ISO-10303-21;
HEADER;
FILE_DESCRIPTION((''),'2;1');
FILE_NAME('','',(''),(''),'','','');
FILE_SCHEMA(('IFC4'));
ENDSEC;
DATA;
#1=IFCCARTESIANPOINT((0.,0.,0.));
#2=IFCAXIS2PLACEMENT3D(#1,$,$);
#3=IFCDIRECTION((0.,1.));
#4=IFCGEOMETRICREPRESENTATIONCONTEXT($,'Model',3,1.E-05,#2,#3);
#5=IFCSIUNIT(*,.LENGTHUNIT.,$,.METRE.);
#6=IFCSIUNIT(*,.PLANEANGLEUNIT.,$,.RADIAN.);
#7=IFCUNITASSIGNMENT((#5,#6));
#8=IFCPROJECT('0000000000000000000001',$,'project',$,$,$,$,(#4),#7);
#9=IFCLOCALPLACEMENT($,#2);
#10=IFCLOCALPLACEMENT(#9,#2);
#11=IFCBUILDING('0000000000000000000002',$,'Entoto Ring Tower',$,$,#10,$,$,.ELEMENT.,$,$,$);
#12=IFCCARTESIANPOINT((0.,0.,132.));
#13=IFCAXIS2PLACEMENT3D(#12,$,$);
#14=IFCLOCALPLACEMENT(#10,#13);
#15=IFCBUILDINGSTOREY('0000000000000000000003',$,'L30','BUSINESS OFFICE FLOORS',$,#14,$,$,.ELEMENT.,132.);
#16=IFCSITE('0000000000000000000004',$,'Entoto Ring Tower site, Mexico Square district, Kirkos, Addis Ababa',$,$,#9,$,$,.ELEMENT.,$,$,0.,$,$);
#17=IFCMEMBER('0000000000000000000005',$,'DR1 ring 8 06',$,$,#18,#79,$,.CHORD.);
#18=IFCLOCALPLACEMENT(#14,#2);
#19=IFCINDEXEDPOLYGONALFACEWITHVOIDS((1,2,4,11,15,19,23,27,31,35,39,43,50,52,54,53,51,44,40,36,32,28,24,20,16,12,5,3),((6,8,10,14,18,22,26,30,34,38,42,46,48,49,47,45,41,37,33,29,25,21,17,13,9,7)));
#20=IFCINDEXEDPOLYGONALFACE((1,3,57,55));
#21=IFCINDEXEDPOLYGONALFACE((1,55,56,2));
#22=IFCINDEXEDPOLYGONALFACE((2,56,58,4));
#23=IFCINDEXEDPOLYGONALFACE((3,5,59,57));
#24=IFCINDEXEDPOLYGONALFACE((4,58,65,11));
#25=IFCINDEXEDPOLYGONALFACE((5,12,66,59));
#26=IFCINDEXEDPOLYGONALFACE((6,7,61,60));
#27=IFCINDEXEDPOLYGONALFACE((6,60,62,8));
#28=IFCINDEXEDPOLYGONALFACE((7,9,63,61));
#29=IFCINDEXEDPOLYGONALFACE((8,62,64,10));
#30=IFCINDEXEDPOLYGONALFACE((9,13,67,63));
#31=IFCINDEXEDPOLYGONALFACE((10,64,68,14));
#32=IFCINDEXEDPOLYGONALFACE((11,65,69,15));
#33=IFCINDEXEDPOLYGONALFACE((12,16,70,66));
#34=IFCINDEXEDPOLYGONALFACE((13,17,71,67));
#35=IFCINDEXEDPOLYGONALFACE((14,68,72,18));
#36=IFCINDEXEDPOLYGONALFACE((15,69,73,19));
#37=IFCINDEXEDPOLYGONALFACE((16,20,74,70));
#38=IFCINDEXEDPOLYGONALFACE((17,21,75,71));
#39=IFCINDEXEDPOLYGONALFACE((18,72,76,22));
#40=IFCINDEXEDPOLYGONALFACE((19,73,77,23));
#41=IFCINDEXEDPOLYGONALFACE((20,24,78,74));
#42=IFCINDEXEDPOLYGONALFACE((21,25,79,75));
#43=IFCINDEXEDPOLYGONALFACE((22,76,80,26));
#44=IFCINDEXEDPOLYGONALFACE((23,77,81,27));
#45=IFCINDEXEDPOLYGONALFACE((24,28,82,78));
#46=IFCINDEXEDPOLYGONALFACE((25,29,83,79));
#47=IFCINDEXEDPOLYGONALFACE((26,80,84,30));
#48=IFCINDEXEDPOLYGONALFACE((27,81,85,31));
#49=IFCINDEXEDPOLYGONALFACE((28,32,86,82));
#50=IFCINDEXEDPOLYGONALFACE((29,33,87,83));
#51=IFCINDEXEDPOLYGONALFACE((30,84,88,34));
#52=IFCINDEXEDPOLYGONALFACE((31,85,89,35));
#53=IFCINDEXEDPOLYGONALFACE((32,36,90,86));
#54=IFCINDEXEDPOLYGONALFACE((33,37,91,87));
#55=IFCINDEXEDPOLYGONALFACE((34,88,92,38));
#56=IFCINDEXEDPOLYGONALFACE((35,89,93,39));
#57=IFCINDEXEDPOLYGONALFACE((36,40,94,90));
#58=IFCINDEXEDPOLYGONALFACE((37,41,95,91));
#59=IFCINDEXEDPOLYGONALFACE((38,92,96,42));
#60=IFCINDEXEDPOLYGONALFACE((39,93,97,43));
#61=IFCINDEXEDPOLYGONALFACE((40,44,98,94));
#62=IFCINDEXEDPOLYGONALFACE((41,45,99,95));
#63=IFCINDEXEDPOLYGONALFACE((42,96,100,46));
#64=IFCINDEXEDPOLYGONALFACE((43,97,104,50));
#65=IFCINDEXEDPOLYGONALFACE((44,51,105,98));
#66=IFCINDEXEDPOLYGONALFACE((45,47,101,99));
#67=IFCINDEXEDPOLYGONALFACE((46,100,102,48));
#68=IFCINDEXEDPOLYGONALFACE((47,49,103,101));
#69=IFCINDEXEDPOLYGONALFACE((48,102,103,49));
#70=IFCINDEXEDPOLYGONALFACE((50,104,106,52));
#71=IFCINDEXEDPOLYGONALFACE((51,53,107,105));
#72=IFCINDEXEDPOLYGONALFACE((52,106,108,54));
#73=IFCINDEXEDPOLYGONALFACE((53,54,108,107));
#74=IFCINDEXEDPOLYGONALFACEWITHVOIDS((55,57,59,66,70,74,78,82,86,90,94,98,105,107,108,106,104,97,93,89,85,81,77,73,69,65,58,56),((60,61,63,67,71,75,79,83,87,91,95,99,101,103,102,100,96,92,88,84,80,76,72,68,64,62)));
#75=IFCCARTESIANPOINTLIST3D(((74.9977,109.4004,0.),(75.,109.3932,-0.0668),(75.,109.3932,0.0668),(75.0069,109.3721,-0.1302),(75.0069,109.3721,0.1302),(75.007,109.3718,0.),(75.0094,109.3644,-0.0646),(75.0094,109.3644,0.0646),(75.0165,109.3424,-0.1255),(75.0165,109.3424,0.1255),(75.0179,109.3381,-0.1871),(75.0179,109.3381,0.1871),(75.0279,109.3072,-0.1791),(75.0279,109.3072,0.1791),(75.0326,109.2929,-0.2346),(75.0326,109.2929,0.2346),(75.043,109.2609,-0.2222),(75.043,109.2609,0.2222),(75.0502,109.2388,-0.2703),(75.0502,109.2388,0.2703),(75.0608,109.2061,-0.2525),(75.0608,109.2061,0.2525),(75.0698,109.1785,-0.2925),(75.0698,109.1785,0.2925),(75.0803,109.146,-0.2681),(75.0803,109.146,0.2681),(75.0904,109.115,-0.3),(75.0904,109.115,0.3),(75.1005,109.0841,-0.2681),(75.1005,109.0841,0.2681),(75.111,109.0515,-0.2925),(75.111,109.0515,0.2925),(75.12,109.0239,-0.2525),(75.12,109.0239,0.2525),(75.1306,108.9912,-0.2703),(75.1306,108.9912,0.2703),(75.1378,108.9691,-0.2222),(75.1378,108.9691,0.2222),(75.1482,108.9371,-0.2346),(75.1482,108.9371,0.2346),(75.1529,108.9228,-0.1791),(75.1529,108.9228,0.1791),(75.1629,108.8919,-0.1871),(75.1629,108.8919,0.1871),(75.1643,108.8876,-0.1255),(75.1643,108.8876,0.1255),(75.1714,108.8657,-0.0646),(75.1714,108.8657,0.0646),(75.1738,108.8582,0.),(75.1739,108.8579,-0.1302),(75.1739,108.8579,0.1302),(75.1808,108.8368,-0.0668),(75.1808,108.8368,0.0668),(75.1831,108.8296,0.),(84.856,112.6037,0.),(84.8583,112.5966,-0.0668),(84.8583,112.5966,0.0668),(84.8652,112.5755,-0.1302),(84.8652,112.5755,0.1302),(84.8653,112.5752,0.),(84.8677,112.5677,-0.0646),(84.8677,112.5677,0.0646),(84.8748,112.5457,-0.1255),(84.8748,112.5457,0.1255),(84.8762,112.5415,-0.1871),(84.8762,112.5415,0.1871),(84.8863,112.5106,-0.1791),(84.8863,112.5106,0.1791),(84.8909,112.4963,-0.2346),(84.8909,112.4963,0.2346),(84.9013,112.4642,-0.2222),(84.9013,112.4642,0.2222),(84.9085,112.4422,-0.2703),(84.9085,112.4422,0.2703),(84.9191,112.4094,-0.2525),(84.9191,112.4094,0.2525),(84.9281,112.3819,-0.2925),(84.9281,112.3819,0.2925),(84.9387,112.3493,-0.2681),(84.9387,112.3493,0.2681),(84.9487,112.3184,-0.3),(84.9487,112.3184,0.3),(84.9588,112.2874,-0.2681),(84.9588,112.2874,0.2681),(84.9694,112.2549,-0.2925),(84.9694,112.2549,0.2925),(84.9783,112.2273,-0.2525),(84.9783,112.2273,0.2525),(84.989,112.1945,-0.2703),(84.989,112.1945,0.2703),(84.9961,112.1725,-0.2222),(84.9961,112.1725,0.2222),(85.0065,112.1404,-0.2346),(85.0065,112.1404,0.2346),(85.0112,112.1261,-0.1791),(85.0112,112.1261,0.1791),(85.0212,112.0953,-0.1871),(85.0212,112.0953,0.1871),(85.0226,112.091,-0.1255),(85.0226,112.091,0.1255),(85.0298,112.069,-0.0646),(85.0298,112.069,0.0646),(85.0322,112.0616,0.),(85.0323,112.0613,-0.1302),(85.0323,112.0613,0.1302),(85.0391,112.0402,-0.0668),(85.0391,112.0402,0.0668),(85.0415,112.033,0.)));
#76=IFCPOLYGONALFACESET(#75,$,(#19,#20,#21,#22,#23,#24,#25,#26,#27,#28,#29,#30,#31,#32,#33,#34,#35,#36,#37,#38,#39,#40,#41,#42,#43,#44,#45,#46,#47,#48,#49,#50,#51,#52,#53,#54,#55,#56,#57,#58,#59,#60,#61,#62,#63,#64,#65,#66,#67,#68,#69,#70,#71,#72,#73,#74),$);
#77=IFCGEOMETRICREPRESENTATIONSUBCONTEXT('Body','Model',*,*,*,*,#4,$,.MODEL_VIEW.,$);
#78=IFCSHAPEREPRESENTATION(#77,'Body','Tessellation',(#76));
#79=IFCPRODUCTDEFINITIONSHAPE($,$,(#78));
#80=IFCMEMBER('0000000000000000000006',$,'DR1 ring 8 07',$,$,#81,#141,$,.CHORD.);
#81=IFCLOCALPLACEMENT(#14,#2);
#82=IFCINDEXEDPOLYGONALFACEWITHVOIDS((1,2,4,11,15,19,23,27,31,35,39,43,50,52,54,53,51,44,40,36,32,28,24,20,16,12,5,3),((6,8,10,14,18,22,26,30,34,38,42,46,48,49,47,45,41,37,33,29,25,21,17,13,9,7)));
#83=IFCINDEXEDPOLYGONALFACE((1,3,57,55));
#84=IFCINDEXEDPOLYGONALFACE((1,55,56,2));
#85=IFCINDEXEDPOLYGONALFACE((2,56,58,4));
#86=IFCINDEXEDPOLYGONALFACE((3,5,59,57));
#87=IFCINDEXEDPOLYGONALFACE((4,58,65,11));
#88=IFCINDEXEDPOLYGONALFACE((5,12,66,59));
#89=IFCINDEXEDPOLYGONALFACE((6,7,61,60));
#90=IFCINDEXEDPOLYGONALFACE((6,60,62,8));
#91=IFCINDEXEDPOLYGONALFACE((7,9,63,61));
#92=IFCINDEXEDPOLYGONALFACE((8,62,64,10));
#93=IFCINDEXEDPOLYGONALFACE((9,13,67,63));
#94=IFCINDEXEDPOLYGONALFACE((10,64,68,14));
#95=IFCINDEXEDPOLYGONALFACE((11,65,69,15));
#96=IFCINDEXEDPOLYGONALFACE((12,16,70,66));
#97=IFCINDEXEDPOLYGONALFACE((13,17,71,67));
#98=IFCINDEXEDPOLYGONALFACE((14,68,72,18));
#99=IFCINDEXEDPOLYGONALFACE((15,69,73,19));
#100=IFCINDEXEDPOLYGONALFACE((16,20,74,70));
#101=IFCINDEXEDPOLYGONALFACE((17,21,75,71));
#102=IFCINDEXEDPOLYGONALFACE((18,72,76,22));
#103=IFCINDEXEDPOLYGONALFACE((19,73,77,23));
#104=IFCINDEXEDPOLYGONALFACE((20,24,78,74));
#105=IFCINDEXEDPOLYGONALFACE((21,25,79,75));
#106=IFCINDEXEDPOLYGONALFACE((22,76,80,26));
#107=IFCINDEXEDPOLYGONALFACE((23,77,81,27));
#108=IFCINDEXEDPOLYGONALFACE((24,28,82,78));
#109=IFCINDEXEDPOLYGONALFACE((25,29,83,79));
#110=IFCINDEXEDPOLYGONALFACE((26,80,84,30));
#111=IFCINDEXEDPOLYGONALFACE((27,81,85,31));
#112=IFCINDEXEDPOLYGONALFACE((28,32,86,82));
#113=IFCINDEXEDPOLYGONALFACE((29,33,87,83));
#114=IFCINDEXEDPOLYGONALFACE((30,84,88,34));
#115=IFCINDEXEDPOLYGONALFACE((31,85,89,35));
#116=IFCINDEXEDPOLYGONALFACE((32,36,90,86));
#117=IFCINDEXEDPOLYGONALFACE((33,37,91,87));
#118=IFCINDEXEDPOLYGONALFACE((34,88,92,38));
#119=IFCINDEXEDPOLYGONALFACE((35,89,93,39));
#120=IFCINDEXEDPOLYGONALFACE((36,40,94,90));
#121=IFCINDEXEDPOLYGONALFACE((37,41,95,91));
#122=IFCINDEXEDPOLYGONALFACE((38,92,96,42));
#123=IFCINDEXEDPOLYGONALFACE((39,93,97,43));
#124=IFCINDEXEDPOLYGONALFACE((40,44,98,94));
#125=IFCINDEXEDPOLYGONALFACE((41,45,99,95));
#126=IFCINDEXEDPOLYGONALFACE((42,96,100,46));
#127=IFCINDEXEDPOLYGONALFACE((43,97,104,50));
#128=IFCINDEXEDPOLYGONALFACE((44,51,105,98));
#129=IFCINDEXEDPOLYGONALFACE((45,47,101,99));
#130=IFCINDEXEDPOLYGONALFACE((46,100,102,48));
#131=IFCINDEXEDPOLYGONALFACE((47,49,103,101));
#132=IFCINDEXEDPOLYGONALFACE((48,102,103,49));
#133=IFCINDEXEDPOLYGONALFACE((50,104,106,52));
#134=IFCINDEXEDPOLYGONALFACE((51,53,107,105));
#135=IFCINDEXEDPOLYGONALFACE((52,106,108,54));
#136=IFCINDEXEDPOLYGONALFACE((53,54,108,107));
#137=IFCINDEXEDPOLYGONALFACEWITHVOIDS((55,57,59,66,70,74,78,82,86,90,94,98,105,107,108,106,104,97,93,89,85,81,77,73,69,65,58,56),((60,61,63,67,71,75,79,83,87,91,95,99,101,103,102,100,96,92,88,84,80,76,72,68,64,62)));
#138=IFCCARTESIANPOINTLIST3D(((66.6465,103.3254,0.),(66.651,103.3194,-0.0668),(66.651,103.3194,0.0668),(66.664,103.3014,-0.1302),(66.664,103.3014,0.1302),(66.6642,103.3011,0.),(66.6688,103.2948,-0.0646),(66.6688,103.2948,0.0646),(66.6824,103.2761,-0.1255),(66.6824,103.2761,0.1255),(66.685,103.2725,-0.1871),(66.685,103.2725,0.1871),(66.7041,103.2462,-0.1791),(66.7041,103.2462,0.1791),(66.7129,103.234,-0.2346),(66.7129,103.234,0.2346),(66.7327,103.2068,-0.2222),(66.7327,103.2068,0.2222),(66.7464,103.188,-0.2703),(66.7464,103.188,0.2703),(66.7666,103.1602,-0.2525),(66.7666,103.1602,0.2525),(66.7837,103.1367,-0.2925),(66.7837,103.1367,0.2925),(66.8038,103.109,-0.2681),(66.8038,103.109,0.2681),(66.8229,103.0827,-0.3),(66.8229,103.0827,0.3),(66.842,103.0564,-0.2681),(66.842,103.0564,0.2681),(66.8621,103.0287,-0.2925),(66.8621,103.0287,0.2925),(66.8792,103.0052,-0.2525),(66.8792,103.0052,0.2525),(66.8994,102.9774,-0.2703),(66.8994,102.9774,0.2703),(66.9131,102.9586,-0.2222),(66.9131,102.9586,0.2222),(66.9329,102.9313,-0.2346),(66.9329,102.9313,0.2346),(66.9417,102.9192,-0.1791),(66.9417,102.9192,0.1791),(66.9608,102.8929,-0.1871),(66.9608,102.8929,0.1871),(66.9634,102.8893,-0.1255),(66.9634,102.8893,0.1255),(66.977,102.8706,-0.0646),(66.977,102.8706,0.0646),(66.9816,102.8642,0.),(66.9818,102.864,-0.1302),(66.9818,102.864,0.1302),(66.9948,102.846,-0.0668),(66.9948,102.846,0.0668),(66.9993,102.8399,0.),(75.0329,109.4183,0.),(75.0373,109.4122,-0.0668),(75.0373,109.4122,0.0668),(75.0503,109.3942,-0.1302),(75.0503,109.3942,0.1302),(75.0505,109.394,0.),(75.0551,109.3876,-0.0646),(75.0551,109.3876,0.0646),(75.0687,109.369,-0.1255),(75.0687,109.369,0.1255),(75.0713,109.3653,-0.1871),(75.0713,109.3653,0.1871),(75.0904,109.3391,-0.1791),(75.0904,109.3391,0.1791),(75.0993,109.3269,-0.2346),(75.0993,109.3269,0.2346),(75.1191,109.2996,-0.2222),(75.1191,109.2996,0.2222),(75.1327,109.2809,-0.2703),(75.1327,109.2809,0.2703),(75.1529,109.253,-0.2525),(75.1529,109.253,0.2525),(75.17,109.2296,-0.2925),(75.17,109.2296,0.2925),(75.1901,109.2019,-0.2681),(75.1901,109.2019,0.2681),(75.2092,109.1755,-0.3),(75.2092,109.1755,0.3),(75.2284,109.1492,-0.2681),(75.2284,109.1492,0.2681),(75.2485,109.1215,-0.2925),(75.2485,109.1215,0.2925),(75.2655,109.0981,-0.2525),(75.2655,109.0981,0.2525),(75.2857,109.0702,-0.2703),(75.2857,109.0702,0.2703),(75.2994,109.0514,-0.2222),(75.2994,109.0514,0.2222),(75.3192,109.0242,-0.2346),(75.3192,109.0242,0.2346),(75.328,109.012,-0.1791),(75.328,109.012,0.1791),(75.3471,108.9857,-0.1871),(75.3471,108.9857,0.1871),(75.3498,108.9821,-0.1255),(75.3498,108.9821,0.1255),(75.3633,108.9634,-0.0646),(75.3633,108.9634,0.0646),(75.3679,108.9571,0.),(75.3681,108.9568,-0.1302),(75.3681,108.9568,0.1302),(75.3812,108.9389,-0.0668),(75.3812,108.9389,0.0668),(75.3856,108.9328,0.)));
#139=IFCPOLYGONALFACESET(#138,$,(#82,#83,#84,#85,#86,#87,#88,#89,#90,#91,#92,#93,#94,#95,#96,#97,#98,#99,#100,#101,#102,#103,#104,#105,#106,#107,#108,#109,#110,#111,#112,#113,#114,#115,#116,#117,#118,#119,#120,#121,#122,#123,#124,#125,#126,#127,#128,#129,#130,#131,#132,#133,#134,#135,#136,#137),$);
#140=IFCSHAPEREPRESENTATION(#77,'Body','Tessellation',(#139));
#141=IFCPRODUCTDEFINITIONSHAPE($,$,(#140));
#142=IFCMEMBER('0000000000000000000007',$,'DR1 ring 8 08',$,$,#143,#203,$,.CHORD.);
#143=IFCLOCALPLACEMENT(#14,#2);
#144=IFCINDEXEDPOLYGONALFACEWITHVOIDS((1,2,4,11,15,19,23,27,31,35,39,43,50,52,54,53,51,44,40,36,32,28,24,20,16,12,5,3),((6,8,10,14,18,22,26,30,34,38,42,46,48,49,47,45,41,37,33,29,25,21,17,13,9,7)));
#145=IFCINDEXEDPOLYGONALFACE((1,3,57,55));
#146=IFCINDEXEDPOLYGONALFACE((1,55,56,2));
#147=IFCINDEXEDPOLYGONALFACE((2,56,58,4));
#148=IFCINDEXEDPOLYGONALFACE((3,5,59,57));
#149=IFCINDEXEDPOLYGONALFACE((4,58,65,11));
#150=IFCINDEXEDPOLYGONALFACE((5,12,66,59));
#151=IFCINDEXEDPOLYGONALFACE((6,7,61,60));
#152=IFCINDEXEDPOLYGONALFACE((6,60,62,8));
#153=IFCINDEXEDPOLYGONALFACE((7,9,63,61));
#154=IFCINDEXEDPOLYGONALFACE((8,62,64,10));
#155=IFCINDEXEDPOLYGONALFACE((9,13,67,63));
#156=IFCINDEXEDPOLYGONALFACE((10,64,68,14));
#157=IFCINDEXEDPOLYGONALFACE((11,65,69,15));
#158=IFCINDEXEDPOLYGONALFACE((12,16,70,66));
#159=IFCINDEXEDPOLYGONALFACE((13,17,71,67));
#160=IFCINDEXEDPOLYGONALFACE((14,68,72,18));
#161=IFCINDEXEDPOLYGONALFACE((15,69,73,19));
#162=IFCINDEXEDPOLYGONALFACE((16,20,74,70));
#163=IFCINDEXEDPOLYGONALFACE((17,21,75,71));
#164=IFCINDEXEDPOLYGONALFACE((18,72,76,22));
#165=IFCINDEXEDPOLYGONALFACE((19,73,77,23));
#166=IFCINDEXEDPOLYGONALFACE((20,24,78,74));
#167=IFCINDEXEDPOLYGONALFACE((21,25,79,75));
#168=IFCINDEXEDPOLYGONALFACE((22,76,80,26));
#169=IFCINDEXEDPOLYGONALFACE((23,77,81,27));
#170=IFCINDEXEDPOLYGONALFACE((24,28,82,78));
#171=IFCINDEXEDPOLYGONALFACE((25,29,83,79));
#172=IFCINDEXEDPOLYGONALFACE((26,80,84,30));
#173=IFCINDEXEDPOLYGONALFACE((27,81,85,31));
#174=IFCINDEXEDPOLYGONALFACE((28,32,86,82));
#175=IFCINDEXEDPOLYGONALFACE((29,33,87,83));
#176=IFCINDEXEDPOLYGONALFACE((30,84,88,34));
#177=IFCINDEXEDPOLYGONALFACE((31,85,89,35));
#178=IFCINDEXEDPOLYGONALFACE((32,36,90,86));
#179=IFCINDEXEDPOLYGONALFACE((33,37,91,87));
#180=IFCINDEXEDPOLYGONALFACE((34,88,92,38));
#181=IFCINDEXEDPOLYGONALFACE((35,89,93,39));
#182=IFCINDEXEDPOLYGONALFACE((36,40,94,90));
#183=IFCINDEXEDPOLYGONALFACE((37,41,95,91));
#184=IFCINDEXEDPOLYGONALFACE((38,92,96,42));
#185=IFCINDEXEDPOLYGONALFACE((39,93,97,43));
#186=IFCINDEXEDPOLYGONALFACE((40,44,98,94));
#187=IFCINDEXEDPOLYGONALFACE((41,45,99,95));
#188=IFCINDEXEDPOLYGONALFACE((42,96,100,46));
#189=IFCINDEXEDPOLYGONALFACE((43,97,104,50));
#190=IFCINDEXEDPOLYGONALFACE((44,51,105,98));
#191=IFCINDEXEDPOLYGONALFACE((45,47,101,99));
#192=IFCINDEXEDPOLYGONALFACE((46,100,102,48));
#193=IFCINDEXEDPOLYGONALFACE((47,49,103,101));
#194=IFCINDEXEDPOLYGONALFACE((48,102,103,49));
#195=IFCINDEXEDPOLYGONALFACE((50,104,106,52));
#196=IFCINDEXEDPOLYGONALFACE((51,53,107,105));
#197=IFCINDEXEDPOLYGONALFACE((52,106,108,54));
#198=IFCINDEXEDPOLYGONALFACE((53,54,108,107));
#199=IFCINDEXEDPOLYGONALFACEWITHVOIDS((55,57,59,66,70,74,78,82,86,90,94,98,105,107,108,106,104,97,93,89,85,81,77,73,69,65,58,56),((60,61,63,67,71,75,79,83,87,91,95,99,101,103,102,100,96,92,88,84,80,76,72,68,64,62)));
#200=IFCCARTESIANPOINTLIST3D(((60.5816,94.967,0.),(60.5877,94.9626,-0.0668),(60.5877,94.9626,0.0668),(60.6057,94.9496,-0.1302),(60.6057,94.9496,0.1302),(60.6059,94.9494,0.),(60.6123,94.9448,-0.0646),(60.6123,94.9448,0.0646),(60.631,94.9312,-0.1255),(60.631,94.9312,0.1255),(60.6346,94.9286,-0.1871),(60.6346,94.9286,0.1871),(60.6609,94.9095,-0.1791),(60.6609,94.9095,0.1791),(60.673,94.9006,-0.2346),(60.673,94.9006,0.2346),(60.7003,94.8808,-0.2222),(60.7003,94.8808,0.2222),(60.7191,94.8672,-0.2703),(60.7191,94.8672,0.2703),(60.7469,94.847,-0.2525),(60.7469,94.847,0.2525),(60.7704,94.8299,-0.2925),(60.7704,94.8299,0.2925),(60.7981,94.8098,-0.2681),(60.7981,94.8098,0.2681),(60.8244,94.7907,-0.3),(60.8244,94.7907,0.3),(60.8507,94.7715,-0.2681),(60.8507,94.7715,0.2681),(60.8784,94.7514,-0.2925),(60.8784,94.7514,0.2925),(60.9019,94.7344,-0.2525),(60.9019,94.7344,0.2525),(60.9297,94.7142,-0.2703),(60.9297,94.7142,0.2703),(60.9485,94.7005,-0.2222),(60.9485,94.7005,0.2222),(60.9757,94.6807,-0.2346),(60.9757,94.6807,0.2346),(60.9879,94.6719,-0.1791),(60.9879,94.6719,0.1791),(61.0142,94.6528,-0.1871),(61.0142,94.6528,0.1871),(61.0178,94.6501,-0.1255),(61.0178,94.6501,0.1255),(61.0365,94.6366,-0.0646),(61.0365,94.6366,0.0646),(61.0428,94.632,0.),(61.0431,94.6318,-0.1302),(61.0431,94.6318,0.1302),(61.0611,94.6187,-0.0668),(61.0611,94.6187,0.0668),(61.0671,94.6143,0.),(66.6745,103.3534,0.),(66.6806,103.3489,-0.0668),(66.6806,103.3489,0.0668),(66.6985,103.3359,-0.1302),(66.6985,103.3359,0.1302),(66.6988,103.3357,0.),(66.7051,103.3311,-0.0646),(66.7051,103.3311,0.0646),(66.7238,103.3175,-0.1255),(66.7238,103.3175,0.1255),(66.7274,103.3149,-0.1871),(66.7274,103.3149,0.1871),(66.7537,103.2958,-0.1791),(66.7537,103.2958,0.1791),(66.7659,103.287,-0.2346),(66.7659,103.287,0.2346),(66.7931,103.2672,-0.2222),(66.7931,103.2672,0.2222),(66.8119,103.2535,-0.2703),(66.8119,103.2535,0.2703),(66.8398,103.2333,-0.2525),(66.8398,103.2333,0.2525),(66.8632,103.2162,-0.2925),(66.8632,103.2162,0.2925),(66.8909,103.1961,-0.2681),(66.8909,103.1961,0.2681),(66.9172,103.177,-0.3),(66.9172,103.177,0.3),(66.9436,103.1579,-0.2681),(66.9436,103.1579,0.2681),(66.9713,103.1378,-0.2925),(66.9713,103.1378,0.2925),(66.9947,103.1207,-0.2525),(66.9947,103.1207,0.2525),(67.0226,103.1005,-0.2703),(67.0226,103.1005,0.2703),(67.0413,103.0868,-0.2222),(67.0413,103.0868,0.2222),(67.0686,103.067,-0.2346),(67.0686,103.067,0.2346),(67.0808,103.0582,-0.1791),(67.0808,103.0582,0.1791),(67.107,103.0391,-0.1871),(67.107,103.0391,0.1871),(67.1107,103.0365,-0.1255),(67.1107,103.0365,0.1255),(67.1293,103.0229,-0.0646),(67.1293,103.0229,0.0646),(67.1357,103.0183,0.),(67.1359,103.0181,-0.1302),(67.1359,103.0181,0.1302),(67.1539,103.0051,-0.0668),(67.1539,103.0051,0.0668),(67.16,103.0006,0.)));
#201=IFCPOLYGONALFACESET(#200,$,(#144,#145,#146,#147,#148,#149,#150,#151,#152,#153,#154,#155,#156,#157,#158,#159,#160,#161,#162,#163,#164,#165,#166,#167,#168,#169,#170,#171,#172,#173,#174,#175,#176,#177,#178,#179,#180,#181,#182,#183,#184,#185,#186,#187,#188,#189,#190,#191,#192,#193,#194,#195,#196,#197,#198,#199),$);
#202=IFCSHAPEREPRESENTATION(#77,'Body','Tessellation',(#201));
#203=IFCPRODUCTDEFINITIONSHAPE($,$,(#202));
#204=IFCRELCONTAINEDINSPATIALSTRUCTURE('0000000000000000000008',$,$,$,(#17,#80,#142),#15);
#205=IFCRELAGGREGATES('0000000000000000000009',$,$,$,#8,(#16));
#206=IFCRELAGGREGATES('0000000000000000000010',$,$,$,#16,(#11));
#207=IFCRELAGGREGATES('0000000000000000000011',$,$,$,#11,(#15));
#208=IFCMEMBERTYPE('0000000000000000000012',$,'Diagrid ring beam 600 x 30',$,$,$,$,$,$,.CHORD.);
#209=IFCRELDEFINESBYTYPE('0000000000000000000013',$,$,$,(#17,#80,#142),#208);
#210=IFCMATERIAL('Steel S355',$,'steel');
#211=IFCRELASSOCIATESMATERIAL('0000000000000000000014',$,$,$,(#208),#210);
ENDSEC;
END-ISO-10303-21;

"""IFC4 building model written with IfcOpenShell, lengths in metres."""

from ifc_helpers import new_model, si_unit, direction, frame, origin, origin_2d, place, context, subcontext, project, spatial, circle, hollow_circle, extrude, material, material_profile, profile_set, type_object, element, save


model = new_model("IFC4")

# Units and contexts
model_context = context("Model", 3, precision=1e-05, world=origin(), true_north=direction((0.0, 1.0)))
body_context = subcontext(model_context, "Body", "Model", "MODEL_VIEW")
ifc_project = project(units=[si_unit("LENGTHUNIT", "METRE"), si_unit("PLANEANGLEUNIT", "RADIAN")], contexts=[model_context])

# Site, building, storey
site_placement = place(None, origin())
site = spatial("IfcSite", under=ifc_project, at=site_placement, Name="Entoto Ring Tower site, Mexico Square district, Kirkos, Addis Ababa", CompositionType="ELEMENT", RefElevation=0.0)
building_placement = place(site_placement, origin())
building = spatial("IfcBuilding", under=site, at=building_placement, Name="Entoto Ring Tower", CompositionType="ELEMENT")
storey_placement = place(building_placement, frame((0.0, 0.0, 132.0)))
storey = spatial("IfcBuildingStorey", under=building, at=storey_placement, Name="L30", Description="BUSINESS OFFICE FLOORS", CompositionType="ELEMENT", Elevation=132.0)

# Members
ifc_material_1 = material(Name="Steel S355", Category="steel")
ifc_material_profile_1 = material_profile(ifc_material_1, hollow_circle(Radius=0.3, WallThickness=0.03, at=origin_2d()), Name="CHS 600 x 30")
ifc_material_2 = material(Name="Concrete C60/75", Category="concrete")
ifc_material_profile_2 = material_profile(ifc_material_2, circle(Radius=0.27, at=origin_2d()), Name="Concrete C60/75 infill")
ifc_profile_set_1 = profile_set([ifc_material_profile_1, ifc_material_profile_2], Name="Steel S355")
member_type_1 = type_object("IfcMemberType", Name="Diagrid ring beam 600 x 30", PredefinedType="CHORD", material=ifc_profile_set_1)
member_1_placement = place(storey_placement, frame((84.9487, 112.3184, 0.0), z_axis=(-0.951051, -0.309033, 0.0), x_axis=(0.309033, -0.951051, 0.0)))
element("IfcMember", 1, at=member_1_placement, inside=storey, type_object=member_type_1, Name="DR1 ring 8 06", PredefinedType="CHORD", context=body_context, shape_type="SweptSolid", body=[
    extrude(hollow_circle(Radius=0.3, WallThickness=0.03, at=origin_2d()), origin(), (0.0, 0.0, 1.0), 10.3657),
])
for number, where, z_axis, x_axis, name in (
    (2, (75.2092, 109.1755, 0.0), (-0.809025, -0.587774, 0.0), (0.587774, -0.809025, 0.0), "DR1 ring 8 07"),
    (3, (66.9172, 103.177, 0.0), (-0.587774, -0.809025, 0.0), (0.809025, -0.587774, 0.0), "DR1 ring 8 08"),
):
    element("IfcMember", number, at=place(storey_placement, frame(where, z_axis=z_axis, x_axis=x_axis)), inside=storey, type_object=member_type_1, Name=name, PredefinedType="CHORD", context=body_context, shape_type="SweptSolid", body=[
        extrude(hollow_circle(Radius=0.3, WallThickness=0.03, at=origin_2d()), origin(), (0.0, 0.0, 1.0), 10.366),
    ])

save(model, "model.ifc")
